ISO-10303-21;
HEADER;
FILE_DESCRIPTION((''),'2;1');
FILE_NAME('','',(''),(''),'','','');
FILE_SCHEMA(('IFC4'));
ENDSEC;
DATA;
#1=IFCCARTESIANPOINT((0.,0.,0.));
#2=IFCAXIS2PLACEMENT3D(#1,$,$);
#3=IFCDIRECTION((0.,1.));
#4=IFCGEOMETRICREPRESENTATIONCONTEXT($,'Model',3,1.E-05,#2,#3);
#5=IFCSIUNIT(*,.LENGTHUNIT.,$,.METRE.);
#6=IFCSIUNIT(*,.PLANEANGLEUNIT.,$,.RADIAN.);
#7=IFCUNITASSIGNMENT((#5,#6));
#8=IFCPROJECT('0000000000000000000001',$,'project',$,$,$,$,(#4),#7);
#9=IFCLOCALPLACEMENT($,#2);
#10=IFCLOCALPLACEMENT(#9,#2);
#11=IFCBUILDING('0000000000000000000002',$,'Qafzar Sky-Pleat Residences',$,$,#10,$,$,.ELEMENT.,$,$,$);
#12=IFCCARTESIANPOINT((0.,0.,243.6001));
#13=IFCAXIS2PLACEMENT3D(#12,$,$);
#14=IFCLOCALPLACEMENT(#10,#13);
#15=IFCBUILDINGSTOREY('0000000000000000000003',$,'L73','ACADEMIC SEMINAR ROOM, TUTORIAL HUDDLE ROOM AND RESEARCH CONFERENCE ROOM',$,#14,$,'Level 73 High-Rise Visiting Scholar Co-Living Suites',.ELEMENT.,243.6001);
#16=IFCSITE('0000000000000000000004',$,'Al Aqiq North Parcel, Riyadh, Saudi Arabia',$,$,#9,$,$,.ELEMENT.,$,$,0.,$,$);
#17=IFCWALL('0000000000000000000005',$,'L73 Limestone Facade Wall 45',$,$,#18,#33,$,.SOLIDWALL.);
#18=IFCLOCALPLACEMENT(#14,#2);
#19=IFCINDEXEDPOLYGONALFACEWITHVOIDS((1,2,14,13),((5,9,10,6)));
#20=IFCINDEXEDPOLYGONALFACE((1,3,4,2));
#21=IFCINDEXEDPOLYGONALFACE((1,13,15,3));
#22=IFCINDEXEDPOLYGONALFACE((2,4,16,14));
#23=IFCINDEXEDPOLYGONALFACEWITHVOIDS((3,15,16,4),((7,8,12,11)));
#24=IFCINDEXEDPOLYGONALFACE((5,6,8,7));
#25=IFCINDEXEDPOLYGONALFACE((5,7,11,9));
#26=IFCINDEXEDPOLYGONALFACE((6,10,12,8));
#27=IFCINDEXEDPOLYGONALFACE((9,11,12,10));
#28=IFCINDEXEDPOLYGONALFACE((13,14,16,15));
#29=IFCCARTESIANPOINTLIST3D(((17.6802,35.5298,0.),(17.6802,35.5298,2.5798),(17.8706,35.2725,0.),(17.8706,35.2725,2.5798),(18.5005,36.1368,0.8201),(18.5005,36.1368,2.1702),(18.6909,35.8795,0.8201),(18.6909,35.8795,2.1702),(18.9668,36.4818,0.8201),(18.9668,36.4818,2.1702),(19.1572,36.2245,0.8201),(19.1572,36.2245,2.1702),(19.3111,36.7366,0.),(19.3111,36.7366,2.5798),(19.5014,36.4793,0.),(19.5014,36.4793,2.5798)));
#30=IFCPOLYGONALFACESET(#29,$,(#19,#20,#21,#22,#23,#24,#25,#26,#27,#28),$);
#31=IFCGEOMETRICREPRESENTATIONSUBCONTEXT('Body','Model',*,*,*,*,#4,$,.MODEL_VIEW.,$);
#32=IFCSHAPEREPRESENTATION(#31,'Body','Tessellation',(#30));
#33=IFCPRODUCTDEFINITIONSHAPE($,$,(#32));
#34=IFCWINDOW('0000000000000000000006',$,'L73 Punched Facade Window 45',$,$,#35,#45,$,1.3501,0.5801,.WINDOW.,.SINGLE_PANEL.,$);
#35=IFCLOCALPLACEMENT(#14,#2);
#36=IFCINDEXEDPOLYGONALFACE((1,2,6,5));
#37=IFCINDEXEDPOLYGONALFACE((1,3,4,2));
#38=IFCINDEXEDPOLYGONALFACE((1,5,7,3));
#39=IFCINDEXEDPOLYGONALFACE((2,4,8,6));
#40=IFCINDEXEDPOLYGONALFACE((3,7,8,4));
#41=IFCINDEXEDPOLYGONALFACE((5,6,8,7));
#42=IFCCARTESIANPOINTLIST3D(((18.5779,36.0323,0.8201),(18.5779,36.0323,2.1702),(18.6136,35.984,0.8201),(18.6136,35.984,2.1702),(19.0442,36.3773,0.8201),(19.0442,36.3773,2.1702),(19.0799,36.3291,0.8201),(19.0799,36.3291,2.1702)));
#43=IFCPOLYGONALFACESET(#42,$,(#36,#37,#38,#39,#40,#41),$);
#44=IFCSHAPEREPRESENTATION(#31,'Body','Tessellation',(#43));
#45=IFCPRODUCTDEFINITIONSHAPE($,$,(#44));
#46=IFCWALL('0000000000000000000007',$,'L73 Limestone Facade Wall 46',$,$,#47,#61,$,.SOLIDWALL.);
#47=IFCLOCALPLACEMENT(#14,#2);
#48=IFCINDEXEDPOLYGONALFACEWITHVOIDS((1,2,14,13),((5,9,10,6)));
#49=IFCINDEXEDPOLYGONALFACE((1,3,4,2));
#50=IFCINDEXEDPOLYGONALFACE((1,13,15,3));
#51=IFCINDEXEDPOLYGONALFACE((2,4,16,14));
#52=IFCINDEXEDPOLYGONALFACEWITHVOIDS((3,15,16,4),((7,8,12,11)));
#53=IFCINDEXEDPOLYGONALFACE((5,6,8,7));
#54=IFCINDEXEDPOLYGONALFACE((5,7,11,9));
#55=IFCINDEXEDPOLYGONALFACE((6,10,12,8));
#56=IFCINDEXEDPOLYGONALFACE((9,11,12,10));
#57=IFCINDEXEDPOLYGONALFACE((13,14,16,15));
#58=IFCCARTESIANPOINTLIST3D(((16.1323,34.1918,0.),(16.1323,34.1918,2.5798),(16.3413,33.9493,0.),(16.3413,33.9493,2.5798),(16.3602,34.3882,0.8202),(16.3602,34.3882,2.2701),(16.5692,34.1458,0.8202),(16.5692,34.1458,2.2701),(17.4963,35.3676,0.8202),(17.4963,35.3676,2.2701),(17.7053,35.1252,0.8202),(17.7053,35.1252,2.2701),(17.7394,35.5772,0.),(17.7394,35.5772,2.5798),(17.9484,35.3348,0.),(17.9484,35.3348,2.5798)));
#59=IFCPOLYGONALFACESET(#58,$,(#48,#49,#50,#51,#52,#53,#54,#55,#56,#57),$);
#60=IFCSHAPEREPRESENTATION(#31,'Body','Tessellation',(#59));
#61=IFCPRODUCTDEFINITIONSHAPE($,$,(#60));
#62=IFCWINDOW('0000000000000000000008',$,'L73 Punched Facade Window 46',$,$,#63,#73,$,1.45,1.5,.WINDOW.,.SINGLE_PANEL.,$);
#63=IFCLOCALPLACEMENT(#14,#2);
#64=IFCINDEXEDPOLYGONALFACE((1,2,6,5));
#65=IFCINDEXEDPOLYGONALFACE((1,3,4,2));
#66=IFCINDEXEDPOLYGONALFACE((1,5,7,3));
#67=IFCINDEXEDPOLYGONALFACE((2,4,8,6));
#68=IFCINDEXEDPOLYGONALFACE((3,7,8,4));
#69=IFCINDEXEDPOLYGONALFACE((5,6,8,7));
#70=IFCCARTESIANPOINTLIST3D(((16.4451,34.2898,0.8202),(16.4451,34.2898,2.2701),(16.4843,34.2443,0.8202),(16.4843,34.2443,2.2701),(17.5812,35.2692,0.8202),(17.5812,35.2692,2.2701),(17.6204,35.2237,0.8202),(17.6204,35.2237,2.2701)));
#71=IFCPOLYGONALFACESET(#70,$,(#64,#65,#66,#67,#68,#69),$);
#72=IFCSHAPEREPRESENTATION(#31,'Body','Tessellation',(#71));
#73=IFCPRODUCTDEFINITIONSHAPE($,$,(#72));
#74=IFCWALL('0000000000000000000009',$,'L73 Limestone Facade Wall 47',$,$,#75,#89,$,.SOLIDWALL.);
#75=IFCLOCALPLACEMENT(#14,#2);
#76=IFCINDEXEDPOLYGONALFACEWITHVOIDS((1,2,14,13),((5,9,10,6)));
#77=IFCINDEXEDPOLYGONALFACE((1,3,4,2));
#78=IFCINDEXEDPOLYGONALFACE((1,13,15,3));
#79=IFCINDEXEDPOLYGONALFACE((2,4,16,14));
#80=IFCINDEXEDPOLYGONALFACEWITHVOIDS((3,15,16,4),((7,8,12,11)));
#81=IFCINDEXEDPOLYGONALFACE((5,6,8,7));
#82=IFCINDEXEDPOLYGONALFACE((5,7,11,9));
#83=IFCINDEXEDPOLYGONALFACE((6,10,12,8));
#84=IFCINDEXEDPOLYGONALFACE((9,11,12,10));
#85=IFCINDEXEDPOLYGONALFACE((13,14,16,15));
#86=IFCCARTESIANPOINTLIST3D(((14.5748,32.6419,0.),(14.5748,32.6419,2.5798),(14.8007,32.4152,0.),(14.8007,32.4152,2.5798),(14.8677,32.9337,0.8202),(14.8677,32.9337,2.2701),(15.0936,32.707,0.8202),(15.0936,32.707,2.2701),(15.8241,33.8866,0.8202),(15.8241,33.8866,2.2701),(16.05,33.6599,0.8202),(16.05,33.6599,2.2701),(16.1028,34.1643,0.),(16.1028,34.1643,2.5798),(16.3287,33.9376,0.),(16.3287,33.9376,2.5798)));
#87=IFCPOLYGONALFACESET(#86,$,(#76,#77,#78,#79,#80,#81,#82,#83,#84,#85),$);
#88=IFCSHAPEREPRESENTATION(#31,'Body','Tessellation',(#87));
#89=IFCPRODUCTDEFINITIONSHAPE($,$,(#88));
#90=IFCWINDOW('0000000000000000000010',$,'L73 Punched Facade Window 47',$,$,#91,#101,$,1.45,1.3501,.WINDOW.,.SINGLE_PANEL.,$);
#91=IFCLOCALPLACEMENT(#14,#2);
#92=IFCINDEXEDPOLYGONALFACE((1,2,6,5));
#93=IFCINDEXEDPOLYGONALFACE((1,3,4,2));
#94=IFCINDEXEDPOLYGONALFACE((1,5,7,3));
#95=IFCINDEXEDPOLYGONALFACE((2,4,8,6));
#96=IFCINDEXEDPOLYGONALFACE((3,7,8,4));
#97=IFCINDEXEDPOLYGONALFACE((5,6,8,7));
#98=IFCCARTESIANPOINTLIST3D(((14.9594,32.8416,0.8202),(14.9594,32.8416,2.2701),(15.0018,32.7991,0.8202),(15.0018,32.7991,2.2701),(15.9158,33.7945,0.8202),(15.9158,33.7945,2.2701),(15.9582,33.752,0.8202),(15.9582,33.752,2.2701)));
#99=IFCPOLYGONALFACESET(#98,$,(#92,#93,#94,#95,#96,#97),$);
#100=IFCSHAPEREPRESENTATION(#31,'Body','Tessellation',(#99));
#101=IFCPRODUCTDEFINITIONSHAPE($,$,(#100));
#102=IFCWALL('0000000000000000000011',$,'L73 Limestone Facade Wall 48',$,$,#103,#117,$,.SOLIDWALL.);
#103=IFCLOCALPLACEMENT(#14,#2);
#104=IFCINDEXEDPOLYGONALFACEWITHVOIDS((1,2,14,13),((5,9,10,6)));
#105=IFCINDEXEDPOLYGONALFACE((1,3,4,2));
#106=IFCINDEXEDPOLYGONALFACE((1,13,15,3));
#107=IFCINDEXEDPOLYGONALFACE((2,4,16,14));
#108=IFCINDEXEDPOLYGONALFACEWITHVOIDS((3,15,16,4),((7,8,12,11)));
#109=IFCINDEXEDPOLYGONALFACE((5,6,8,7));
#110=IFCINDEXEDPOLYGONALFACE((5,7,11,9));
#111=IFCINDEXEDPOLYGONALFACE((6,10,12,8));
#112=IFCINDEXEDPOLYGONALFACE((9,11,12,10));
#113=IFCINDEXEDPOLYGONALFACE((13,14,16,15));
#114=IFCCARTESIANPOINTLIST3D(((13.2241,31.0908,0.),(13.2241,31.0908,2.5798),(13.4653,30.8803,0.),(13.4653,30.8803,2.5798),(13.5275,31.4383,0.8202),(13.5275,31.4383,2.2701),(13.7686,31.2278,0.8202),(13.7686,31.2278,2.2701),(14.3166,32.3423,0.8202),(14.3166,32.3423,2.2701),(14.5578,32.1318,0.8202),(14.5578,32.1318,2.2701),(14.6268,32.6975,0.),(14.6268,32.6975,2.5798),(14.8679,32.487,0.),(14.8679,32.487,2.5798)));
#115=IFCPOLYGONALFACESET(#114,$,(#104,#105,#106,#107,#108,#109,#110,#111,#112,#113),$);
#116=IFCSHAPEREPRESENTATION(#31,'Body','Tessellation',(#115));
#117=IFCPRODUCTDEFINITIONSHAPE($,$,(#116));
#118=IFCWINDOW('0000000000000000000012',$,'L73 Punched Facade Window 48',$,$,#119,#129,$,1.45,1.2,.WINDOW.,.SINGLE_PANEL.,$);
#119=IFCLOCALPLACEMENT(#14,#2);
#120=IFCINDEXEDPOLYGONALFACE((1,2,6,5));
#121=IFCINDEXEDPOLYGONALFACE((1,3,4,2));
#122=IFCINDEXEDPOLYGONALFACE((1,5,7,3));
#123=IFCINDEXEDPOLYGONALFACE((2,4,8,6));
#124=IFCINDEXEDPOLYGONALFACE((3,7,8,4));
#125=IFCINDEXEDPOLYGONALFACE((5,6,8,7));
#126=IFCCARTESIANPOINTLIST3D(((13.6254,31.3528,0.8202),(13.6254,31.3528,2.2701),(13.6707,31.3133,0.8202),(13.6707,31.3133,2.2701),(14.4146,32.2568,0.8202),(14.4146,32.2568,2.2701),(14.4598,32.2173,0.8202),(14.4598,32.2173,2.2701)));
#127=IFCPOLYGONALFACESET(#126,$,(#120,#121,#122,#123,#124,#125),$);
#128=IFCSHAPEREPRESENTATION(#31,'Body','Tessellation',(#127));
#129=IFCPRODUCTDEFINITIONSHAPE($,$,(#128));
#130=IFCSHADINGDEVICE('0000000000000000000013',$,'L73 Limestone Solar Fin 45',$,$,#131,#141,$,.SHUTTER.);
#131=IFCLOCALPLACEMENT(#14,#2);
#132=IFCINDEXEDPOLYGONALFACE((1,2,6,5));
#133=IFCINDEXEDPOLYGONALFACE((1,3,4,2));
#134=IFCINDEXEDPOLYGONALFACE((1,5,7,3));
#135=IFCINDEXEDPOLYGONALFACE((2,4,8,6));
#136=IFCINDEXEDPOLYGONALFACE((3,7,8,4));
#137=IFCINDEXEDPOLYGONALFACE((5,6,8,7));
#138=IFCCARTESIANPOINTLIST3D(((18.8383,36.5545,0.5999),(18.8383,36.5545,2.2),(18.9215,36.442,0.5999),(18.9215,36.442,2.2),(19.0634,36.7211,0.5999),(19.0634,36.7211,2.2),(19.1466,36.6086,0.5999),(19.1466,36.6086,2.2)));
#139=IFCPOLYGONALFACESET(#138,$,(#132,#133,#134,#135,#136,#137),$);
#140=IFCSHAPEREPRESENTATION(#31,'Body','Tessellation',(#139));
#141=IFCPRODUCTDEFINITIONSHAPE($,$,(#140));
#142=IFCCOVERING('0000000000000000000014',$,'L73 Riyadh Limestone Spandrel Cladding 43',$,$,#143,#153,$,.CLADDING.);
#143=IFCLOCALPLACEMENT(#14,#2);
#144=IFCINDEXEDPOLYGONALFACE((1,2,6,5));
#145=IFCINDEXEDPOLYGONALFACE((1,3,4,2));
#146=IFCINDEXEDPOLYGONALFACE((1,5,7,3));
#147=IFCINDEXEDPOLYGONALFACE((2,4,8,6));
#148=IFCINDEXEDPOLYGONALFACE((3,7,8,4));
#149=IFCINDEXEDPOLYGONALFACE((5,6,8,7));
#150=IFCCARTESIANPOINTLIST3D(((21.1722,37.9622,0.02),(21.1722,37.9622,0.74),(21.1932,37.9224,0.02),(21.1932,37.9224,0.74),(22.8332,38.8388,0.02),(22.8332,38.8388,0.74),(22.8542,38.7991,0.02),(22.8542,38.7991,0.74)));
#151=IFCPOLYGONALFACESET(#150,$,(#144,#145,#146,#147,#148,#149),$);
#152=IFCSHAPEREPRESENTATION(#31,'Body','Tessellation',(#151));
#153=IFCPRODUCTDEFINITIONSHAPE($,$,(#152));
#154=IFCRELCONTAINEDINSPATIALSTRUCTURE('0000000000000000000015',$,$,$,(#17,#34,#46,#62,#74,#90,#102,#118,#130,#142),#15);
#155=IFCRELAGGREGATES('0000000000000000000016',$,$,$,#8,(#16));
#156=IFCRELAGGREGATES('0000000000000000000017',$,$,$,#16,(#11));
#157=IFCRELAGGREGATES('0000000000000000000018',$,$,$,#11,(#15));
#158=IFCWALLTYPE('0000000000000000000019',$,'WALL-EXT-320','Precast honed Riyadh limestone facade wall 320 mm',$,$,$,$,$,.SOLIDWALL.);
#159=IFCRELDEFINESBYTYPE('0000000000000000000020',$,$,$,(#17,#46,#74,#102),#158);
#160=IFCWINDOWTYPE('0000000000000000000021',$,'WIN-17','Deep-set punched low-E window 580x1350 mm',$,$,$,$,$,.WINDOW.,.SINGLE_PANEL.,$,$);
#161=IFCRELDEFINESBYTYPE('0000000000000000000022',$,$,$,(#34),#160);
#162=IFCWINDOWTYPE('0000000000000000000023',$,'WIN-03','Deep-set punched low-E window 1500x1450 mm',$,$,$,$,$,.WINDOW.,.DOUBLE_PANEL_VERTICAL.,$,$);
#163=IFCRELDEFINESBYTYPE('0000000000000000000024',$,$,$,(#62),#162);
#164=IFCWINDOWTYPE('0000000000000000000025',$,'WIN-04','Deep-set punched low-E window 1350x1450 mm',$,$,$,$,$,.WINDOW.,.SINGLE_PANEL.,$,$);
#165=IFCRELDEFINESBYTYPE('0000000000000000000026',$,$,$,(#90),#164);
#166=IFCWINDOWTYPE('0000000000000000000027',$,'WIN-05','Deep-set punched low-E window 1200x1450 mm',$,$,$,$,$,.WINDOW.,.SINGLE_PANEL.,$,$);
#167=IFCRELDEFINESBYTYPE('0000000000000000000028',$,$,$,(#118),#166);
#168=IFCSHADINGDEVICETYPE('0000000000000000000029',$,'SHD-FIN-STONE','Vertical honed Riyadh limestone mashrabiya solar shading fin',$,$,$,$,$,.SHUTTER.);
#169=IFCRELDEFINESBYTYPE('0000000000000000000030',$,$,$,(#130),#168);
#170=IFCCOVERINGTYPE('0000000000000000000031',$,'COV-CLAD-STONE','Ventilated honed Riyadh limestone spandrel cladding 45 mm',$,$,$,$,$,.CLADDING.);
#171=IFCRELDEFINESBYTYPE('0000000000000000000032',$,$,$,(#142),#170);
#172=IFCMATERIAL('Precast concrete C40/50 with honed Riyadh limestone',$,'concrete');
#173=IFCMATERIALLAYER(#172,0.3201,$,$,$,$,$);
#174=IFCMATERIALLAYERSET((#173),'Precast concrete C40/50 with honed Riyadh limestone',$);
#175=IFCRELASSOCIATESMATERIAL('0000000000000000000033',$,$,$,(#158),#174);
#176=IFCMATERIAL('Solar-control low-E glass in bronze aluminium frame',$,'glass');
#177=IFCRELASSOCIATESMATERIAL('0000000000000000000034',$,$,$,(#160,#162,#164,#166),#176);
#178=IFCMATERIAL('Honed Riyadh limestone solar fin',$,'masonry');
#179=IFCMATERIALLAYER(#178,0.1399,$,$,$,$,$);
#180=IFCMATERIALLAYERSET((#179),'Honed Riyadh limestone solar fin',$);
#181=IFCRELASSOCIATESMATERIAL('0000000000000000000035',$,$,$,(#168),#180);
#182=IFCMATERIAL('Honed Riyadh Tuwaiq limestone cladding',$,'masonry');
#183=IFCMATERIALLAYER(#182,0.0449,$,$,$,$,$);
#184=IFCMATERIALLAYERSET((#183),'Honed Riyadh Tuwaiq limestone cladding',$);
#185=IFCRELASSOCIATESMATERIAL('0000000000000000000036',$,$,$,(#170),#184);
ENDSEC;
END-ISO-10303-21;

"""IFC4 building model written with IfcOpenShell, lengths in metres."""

from ifc_helpers import new_model, si_unit, direction, frame, frame_2d, origin, origin_2d, place, context, subcontext, project, spatial, rectangle, extrude, source, transform, mapped, material, layer, layer_set, type_object, element, fill, save


model = new_model("IFC4")

# Units and contexts
model_context = context("Model", 3, precision=1e-05, world=origin(), true_north=direction((0.0, 1.0)))
body_context = subcontext(model_context, "Body", "Model", "MODEL_VIEW")
ifc_project = project(units=[si_unit("LENGTHUNIT", "METRE"), si_unit("PLANEANGLEUNIT", "RADIAN")], contexts=[model_context])

# Site, building, storey
site_placement = place(None, origin())
site = spatial("IfcSite", under=ifc_project, at=site_placement, Name="Al Aqiq North Parcel, Riyadh, Saudi Arabia", CompositionType="ELEMENT", RefElevation=0.0)
building_placement = place(site_placement, origin())
building = spatial("IfcBuilding", under=site, at=building_placement, Name="Qafzar Sky-Pleat Residences", CompositionType="ELEMENT")
storey_placement = place(building_placement, frame((0.0, 0.0, 243.6001)))
storey = spatial("IfcBuildingStorey", under=building, at=storey_placement, Name="L73", Description="ACADEMIC SEMINAR ROOM, TUTORIAL HUDDLE ROOM AND RESEARCH CONFERENCE ROOM", LongName="Level 73 High-Rise Visiting Scholar Co-Living Suites", CompositionType="ELEMENT", Elevation=243.6001)

# Walls, openings, windows
ifc_material_1 = material(Name="Precast concrete C40/50 with honed Riyadh limestone", Category="concrete")
ifc_layer_1 = layer(ifc_material_1, 0.3201)
ifc_layer_set_1 = layer_set([ifc_layer_1], Name="Precast concrete C40/50 with honed Riyadh limestone")
wall_type_1 = type_object("IfcWallType", Name="WALL-EXT-320", Description="Precast honed Riyadh limestone facade wall 320 mm", PredefinedType="SOLIDWALL", material=ifc_layer_set_1)
ifc_material_2 = material(Name="Solar-control low-E glass in bronze aluminium frame", Category="glass")
wall_1_placement = place(storey_placement, frame((19.4062, 36.6079, 0.0), z_axis=(0.0, 0.0, 1.0), x_axis=(-0.803853, -0.594827, 0.0)))
wall_1 = element("IfcWall", 1, at=wall_1_placement, inside=storey, type_object=wall_type_1, Name="L73 Limestone Facade Wall 45", PredefinedType="SOLIDWALL", context=body_context, shape_type="SweptSolid", body=[
    extrude(rectangle(XDim=2.0288, YDim=0.3201, at=frame_2d((1.0144, 0.0))), origin(), (0.0, 0.0, 1.0), 2.5798),
])
opening_1_placement = place(wall_1_placement, frame((0.4282, 0.0, 0.8201)))
opening_1 = element("IfcOpeningElement", 2, at=opening_1_placement, cuts=wall_1, PredefinedType="OPENING", context=body_context, shape_type="SweptSolid", body=[
    extrude(rectangle(XDim=0.5801, YDim=1.3501, at=frame_2d((0.29, 0.675))), frame((0.0, 0.1699, 0.0), z_axis=(0.0, -1.0, 0.0), x_axis=(1.0, 0.0, 0.0)), (0.0, 0.0, 1.0), 0.3401),
])
window_type_1 = type_object("IfcWindowType", Name="WIN-17", Description="Deep-set punched low-E window 580x1350 mm", PartitioningType="SINGLE_PANEL", PredefinedType="WINDOW", material=ifc_material_2)
shared_shape_1 = source(origin(), body_context, "Body", "SweptSolid", [
    extrude(rectangle(XDim=0.5801, YDim=1.3501, at=frame_2d((0.29, 0.675))), frame((0.0, 0.03, 0.0), z_axis=(0.0, -1.0, 0.0), x_axis=(1.0, 0.0, 0.0)), (0.0, 0.0, 1.0), 0.0601),
])
window_1_placement = place(opening_1_placement, origin())
window_1 = element("IfcWindow", 3, at=window_1_placement, inside=storey, type_object=window_type_1, Name="L73 Punched Facade Window 45", OverallHeight=1.3501, OverallWidth=0.5801, PartitioningType="SINGLE_PANEL", PredefinedType="WINDOW", context=body_context, shape_type="MappedRepresentation", body=[
    mapped(shared_shape_1, transform((0.0, 0.0, 0.0), x_axis=(1.0, 0.0, 0.0), y_axis=(0.0, 1.0, 0.0), z_axis=(0.0, 0.0, 1.0), scale=1.0)),
])
fill(opening_1, window_1)
wall_2_placement = place(storey_placement, frame((17.844, 35.4561, 0.0), z_axis=(0.0, 0.0, 1.0), x_axis=(-0.75741, -0.65294, 0.0)))
wall_2 = element("IfcWall", 4, at=wall_2_placement, inside=storey, type_object=wall_type_1, Name="L73 Limestone Facade Wall 46", PredefinedType="SOLIDWALL", context=body_context, shape_type="SweptSolid", body=[
    extrude(rectangle(XDim=2.1218, YDim=0.3201, at=frame_2d((1.061, 0.0))), origin(), (0.0, 0.0, 1.0), 2.5798),
])
opening_2_placement = place(wall_2_placement, frame((0.321, 0.0, 0.8201)))
opening_2 = element("IfcOpeningElement", 5, at=opening_2_placement, cuts=wall_2, PredefinedType="OPENING", context=body_context, shape_type="SweptSolid", body=[
    extrude(rectangle(XDim=1.5, YDim=1.45, at=frame_2d((0.75, 0.7251))), frame((0.0, 0.1699, 0.0), z_axis=(0.0, -1.0, 0.0), x_axis=(1.0, 0.0, 0.0)), (0.0, 0.0, 1.0), 0.3401),
])
window_type_2 = type_object("IfcWindowType", Name="WIN-03", Description="Deep-set punched low-E window 1500x1450 mm", PartitioningType="DOUBLE_PANEL_VERTICAL", PredefinedType="WINDOW", material=ifc_material_2)
shared_shape_2 = source(origin(), body_context, "Body", "SweptSolid", [
    extrude(rectangle(XDim=1.5, YDim=1.45, at=frame_2d((0.75, 0.7251))), frame((0.0, 0.03, 0.0), z_axis=(0.0, -1.0, 0.0), x_axis=(1.0, 0.0, 0.0)), (0.0, 0.0, 1.0), 0.0601),
])
window_2_placement = place(opening_2_placement, origin())
window_2 = element("IfcWindow", 6, at=window_2_placement, inside=storey, type_object=window_type_2, Name="L73 Punched Facade Window 46", OverallHeight=1.45, OverallWidth=1.5, PartitioningType="SINGLE_PANEL", PredefinedType="WINDOW", context=body_context, shape_type="MappedRepresentation", body=[
    mapped(shared_shape_2, transform((0.0, 0.0, 0.0), x_axis=(1.0, 0.0, 0.0), y_axis=(0.0, 1.0, 0.0), z_axis=(0.0, 0.0, 1.0), scale=1.0)),
])
fill(opening_2, window_2)
wall_3_placement = place(storey_placement, frame((16.2158, 34.051, 0.0), z_axis=(0.0, 0.0, 1.0), x_axis=(-0.708407, -0.705804, 0.0)))
wall_3 = element("IfcWall", 7, at=wall_3_placement, inside=storey, type_object=wall_type_1, Name="L73 Limestone Facade Wall 47", PredefinedType="SOLIDWALL", context=body_context, shape_type="SweptSolid", body=[
    extrude(rectangle(XDim=2.157, YDim=0.3201, at=frame_2d((1.0786, 0.0))), origin(), (0.0, 0.0, 1.0), 2.5798),
])
opening_3_placement = place(wall_3_placement, frame((0.3936, 0.0, 0.8201)))
opening_3 = element("IfcOpeningElement", 8, at=opening_3_placement, cuts=wall_3, PredefinedType="OPENING", context=body_context, shape_type="SweptSolid", body=[
    extrude(rectangle(XDim=1.3501, YDim=1.45, at=frame_2d((0.675, 0.7251))), frame((0.0, 0.1699, 0.0), z_axis=(0.0, -1.0, 0.0), x_axis=(1.0, 0.0, 0.0)), (0.0, 0.0, 1.0), 0.3401),
])
window_type_3 = type_object("IfcWindowType", Name="WIN-04", Description="Deep-set punched low-E window 1350x1450 mm", PartitioningType="SINGLE_PANEL", PredefinedType="WINDOW", material=ifc_material_2)
shared_shape_3 = source(origin(), body_context, "Body", "SweptSolid", [
    extrude(rectangle(XDim=1.3501, YDim=1.45, at=frame_2d((0.675, 0.7251))), frame((0.0, 0.03, 0.0), z_axis=(0.0, -1.0, 0.0), x_axis=(1.0, 0.0, 0.0)), (0.0, 0.0, 1.0), 0.0601),
])
window_3_placement = place(opening_3_placement, origin())
window_3 = element("IfcWindow", 9, at=window_3_placement, inside=storey, type_object=window_type_3, Name="L73 Punched Facade Window 47", OverallHeight=1.45, OverallWidth=1.3501, PartitioningType="SINGLE_PANEL", PredefinedType="WINDOW", context=body_context, shape_type="MappedRepresentation", body=[
    mapped(shared_shape_3, transform((0.0, 0.0, 0.0), x_axis=(1.0, 0.0, 0.0), y_axis=(0.0, 1.0, 0.0), z_axis=(0.0, 0.0, 1.0), scale=1.0)),
])
fill(opening_3, window_3)
wall_4_placement = place(storey_placement, frame((14.7473, 32.5923, 0.0), z_axis=(0.0, 0.0, 1.0), x_axis=(-0.657637, -0.753335, 0.0)))
wall_4 = element("IfcWall", 10, at=wall_4_placement, inside=storey, type_object=wall_type_1, Name="L73 Limestone Facade Wall 48", PredefinedType="SOLIDWALL", context=body_context, shape_type="SweptSolid", body=[
    extrude(rectangle(XDim=2.1328, YDim=0.3201, at=frame_2d((1.0664, 0.0))), origin(), (0.0, 0.0, 1.0), 2.5798),
])
opening_4_placement = place(wall_4_placement, frame((0.4714, 0.0, 0.8201)))
opening_4 = element("IfcOpeningElement", 11, at=opening_4_placement, cuts=wall_4, PredefinedType="OPENING", context=body_context, shape_type="SweptSolid", body=[
    extrude(rectangle(XDim=1.2, YDim=1.45, at=frame_2d((0.6001, 0.7251))), frame((0.0, 0.1699, 0.0), z_axis=(0.0, -1.0, 0.0), x_axis=(1.0, 0.0, 0.0)), (0.0, 0.0, 1.0), 0.3401),
])
window_type_4 = type_object("IfcWindowType", Name="WIN-05", Description="Deep-set punched low-E window 1200x1450 mm", PartitioningType="SINGLE_PANEL", PredefinedType="WINDOW", material=ifc_material_2)
shared_shape_4 = source(origin(), body_context, "Body", "SweptSolid", [
    extrude(rectangle(XDim=1.2, YDim=1.45, at=frame_2d((0.6001, 0.7251))), frame((0.0, 0.03, 0.0), z_axis=(0.0, -1.0, 0.0), x_axis=(1.0, 0.0, 0.0)), (0.0, 0.0, 1.0), 0.0601),
])
window_4_placement = place(opening_4_placement, origin())
window_4 = element("IfcWindow", 12, at=window_4_placement, inside=storey, type_object=window_type_4, Name="L73 Punched Facade Window 48", OverallHeight=1.45, OverallWidth=1.2, PartitioningType="SINGLE_PANEL", PredefinedType="WINDOW", context=body_context, shape_type="MappedRepresentation", body=[
    mapped(shared_shape_4, transform((0.0, 0.0, 0.0), x_axis=(1.0, 0.0, 0.0), y_axis=(0.0, 1.0, 0.0), z_axis=(0.0, 0.0, 1.0), scale=1.0)),
])
fill(opening_4, window_4)

# Shading device
ifc_material_3 = material(Name="Honed Riyadh limestone solar fin", Category="masonry")
ifc_layer_2 = layer(ifc_material_3, 0.1399)
ifc_layer_set_2 = layer_set([ifc_layer_2], Name="Honed Riyadh limestone solar fin")
shading_device_type = type_object("IfcShadingDeviceType", Name="SHD-FIN-STONE", Description="Vertical honed Riyadh limestone mashrabiya solar shading fin", PredefinedType="SHUTTER", material=ifc_layer_set_2)
shared_shape_5 = source(origin(), body_context, "Body", "SweptSolid", [
    extrude(rectangle(XDim=0.1399, YDim=0.28, at=origin_2d()), origin(), (0.0, 0.0, 1.0), 1.6001),
])
shading_device_placement = place(storey_placement, frame((18.9924, 36.5815, 0.5999), z_axis=(0.0, 0.0, 1.0), x_axis=(-0.594859, 0.80383, 0.0)))
element("IfcShadingDevice", 13, at=shading_device_placement, inside=storey, type_object=shading_device_type, Name="L73 Limestone Solar Fin 45", PredefinedType="SHUTTER", context=body_context, shape_type="MappedRepresentation", body=[
    mapped(shared_shape_5, transform((0.0, 0.0, 0.0), x_axis=(1.0, 0.0, 0.0), y_axis=(0.0, 1.0, 0.0), z_axis=(0.0, 0.0, 1.0), scale=1.0)),
])

# Covering
ifc_material_4 = material(Name="Honed Riyadh Tuwaiq limestone cladding", Category="masonry")
ifc_layer_3 = layer(ifc_material_4, 0.0449)
ifc_layer_set_3 = layer_set([ifc_layer_3], Name="Honed Riyadh Tuwaiq limestone cladding")
covering_type = type_object("IfcCoveringType", Name="COV-CLAD-STONE", Description="Ventilated honed Riyadh limestone spandrel cladding 45 mm", PredefinedType="CLADDING", material=ifc_layer_set_3)
shared_shape_6 = source(origin(), body_context, "Body", "SweptSolid", [
    extrude(rectangle(XDim=1.8782, YDim=0.0449, at=origin_2d()), origin(), (0.0, 0.0, 1.0), 0.72),
])
covering_1_placement = place(storey_placement, frame((22.0132, 38.3806, 0.02), z_axis=(0.0, 0.0, 1.0), x_axis=(-0.884388, -0.466753, 0.0)))
element("IfcCovering", 14, at=covering_1_placement, inside=storey, type_object=covering_type, Name="L73 Riyadh Limestone Spandrel Cladding 43", PredefinedType="CLADDING", context=body_context, shape_type="MappedRepresentation", body=[
    mapped(shared_shape_6, transform((0.0, 0.0, 0.0), x_axis=(1.0, 0.0, 0.0), y_axis=(0.0, 1.0, 0.0), z_axis=(0.0, 0.0, 1.0), scale=1.0)),
])

save(model, "model.ifc")
